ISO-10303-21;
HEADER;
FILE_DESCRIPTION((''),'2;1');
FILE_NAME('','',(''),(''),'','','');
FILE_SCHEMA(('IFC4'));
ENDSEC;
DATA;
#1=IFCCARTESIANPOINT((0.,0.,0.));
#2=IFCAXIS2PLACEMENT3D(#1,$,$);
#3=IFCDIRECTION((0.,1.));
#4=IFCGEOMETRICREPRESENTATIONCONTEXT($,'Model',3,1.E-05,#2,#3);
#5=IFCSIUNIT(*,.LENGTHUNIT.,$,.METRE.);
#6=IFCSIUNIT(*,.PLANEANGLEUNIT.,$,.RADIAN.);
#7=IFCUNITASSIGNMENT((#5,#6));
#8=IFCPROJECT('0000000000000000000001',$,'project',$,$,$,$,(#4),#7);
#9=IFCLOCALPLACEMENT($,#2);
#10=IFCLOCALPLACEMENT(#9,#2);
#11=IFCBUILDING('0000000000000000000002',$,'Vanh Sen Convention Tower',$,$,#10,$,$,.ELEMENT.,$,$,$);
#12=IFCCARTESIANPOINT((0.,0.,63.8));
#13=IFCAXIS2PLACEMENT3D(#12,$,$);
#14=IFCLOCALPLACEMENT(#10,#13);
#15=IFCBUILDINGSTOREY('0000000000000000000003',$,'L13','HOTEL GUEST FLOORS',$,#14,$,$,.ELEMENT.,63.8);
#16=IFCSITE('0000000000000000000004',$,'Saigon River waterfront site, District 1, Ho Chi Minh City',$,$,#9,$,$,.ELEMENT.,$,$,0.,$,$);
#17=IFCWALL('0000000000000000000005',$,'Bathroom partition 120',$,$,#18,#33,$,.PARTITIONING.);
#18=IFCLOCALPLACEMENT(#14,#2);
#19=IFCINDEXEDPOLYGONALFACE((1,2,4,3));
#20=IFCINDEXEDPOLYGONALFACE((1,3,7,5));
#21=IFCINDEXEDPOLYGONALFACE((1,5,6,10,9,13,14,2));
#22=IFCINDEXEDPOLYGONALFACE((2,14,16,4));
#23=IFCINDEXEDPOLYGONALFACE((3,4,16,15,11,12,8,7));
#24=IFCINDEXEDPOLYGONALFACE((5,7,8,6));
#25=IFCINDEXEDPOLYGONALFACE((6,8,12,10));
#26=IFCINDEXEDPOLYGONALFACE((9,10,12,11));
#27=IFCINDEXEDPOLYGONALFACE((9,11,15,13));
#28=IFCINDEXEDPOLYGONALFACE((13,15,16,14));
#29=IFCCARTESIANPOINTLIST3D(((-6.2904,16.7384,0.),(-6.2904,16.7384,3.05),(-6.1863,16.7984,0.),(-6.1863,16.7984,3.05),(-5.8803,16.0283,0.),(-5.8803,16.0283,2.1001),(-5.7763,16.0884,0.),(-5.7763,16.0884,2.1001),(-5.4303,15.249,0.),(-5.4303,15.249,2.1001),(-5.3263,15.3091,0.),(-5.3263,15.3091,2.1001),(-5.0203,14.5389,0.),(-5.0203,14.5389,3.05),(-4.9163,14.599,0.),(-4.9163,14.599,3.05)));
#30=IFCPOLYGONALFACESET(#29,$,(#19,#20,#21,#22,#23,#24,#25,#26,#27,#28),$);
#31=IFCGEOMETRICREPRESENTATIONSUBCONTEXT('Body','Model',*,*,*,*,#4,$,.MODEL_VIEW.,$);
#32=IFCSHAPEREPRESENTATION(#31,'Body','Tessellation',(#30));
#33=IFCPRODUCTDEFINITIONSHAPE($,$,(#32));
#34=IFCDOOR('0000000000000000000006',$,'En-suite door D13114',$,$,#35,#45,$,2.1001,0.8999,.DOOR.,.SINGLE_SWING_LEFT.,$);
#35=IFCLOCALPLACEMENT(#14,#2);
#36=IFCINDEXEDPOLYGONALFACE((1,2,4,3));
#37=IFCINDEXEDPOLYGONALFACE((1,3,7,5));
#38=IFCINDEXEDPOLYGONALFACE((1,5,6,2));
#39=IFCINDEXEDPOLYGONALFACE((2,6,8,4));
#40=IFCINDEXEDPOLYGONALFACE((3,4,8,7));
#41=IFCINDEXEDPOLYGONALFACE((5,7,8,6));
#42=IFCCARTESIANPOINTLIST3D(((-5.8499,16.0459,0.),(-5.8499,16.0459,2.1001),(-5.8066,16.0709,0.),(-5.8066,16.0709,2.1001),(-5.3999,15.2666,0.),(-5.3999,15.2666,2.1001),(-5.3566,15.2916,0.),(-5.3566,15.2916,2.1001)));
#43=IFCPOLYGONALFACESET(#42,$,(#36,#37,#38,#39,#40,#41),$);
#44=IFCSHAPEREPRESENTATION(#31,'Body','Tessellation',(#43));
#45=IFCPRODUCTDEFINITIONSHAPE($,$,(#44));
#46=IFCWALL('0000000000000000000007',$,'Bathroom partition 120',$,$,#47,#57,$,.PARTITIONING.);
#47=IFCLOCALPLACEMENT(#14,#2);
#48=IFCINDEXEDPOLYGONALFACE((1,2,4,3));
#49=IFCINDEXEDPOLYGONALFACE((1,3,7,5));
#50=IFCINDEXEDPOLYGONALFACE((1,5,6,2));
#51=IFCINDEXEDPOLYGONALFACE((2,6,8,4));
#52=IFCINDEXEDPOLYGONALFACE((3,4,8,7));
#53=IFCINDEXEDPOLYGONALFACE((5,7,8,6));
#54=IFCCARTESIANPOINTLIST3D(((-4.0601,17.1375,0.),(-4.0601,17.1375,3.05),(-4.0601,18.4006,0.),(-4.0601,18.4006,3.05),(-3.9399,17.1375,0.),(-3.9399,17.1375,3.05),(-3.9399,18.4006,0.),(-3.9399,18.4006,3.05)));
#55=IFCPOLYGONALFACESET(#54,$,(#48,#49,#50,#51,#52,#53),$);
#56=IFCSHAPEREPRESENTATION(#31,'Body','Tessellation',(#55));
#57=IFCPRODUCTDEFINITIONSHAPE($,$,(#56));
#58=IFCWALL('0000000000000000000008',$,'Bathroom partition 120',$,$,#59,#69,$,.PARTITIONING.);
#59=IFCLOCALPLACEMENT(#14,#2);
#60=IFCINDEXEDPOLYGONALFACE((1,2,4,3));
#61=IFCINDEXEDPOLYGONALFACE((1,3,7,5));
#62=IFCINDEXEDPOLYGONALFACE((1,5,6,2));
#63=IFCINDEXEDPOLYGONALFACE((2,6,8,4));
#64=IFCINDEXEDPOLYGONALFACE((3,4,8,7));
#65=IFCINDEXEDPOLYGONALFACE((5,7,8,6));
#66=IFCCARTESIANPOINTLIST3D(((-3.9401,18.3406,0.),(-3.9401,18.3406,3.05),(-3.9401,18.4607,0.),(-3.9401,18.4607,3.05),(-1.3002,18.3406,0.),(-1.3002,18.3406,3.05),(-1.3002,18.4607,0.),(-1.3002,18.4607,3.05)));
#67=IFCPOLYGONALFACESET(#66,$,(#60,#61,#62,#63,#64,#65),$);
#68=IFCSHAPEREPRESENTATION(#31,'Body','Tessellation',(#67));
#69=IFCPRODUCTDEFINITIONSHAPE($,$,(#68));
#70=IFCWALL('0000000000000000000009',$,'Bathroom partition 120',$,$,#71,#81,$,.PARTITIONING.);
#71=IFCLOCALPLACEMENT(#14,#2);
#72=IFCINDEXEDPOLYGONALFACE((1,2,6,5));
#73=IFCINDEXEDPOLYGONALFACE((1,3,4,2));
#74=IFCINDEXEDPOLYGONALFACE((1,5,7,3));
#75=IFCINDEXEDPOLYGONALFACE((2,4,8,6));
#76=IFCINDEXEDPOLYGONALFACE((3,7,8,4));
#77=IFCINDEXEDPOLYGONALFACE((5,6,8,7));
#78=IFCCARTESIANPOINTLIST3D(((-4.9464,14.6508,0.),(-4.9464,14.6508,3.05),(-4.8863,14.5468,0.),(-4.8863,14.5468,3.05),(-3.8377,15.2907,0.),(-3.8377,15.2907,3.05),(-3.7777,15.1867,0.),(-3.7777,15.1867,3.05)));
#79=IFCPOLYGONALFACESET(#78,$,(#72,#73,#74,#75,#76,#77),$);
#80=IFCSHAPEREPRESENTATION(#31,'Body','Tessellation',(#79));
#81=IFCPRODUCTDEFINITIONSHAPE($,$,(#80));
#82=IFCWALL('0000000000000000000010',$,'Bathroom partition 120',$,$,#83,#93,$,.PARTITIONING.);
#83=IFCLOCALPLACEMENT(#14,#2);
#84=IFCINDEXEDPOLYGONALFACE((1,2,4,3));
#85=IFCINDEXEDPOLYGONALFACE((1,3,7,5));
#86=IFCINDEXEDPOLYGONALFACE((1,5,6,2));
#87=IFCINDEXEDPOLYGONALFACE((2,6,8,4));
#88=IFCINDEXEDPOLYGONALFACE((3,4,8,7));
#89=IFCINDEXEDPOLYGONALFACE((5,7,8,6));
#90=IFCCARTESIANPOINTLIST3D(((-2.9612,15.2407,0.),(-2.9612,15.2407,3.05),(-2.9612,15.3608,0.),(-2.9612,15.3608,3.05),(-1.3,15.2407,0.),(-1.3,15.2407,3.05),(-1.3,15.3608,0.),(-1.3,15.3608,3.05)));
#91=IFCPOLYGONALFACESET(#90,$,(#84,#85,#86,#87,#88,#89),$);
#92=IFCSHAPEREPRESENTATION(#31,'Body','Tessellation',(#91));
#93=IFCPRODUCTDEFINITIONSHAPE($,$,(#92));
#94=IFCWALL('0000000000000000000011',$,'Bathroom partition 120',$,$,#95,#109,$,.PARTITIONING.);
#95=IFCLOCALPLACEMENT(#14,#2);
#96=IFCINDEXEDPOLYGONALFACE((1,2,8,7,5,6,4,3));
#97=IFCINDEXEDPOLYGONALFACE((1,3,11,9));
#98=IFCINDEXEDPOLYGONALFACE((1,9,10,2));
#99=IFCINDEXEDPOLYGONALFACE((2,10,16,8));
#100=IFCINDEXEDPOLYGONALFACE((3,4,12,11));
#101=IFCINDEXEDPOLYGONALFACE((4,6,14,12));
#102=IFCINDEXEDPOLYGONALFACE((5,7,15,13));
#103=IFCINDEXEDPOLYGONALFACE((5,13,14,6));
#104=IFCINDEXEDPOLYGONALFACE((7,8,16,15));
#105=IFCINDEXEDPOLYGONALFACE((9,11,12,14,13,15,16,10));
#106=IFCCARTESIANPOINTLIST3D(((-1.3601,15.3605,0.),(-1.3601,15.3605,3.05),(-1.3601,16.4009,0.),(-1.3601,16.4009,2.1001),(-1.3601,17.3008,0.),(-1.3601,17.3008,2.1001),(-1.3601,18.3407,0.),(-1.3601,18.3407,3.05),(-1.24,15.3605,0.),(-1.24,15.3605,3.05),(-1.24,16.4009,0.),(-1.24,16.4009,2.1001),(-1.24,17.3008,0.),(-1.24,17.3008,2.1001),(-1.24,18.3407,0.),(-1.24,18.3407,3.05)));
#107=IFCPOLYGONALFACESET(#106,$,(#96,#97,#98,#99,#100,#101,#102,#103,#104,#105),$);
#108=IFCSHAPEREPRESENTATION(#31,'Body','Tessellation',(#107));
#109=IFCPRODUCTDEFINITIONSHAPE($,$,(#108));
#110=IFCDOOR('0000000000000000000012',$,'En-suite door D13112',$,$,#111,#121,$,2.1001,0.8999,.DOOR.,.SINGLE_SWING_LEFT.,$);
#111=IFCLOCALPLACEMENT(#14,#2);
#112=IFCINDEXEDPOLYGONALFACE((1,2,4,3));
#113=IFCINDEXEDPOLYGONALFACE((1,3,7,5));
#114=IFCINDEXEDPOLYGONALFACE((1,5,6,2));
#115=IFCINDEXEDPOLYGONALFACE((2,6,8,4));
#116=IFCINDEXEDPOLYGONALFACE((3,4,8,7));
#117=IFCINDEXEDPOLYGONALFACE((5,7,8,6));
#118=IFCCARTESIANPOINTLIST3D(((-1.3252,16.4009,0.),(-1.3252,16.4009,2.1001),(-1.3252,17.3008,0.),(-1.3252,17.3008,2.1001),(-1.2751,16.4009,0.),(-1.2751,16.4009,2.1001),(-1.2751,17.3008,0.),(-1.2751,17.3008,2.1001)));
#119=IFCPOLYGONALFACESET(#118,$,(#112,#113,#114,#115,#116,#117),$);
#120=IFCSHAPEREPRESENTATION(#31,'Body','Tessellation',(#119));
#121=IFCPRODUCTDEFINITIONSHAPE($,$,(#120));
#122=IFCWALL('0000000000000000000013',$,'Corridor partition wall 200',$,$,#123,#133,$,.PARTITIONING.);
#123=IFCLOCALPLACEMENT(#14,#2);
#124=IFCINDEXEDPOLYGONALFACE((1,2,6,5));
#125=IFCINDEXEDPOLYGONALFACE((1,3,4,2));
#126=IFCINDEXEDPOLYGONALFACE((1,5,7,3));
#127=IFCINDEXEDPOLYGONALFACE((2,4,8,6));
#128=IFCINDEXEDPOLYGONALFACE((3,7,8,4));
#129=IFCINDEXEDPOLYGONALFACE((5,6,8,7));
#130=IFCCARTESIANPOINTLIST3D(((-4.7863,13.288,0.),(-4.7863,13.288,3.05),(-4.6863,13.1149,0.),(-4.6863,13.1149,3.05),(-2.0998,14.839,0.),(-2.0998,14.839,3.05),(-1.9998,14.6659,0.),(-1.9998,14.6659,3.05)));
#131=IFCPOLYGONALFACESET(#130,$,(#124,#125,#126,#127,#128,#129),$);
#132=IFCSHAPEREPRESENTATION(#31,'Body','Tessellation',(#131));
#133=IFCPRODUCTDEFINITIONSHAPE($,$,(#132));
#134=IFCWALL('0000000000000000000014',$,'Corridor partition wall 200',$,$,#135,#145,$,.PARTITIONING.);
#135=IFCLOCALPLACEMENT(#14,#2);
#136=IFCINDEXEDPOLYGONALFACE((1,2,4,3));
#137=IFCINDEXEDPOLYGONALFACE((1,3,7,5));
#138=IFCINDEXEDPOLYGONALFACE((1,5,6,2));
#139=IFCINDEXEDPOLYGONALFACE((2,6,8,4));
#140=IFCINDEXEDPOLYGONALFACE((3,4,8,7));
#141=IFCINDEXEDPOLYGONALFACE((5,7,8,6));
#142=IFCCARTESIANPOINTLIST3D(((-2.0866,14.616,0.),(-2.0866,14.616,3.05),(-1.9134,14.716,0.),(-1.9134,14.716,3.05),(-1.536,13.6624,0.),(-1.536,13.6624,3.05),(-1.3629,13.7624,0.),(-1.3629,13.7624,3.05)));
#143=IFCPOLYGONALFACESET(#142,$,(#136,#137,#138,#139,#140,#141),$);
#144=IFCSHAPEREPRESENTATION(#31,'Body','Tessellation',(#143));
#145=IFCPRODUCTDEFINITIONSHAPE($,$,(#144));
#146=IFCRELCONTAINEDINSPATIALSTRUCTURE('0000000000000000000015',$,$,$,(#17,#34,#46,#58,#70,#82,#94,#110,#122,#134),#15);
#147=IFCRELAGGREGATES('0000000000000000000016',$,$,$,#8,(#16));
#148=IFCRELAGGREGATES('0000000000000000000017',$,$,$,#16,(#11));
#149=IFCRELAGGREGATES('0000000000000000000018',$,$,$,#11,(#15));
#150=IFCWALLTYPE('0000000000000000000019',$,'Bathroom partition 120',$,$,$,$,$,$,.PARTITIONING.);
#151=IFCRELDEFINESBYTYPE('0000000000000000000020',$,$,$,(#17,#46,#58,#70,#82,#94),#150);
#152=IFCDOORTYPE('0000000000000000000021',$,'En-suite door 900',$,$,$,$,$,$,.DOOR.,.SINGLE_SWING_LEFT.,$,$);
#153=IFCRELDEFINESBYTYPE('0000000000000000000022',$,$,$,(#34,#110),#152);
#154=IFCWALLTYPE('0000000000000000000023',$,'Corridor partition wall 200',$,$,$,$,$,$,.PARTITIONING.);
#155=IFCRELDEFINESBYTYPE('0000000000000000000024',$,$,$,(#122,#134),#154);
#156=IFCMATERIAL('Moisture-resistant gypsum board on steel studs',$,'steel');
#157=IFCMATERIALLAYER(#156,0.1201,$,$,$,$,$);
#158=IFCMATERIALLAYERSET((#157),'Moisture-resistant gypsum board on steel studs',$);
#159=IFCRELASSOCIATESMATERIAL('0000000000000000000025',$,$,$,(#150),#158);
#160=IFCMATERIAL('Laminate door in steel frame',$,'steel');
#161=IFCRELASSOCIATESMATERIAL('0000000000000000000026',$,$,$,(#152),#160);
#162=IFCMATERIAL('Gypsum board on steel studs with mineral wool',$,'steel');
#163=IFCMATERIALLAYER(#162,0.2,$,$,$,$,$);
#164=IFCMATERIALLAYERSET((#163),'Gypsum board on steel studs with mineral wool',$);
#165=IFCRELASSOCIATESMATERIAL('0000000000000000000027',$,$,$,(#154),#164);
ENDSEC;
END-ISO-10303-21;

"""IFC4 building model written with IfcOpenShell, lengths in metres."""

from ifc_helpers import new_model, si_unit, direction, frame, frame_2d, origin, place, context, subcontext, project, spatial, rectangle, extrude, material, layer, layer_set, type_object, element, fill, save


model = new_model("IFC4")

# Units and contexts
model_context = context("Model", 3, precision=1e-05, world=origin(), true_north=direction((0.0, 1.0)))
body_context = subcontext(model_context, "Body", "Model", "MODEL_VIEW")
ifc_project = project(units=[si_unit("LENGTHUNIT", "METRE"), si_unit("PLANEANGLEUNIT", "RADIAN")], contexts=[model_context])

# Site, building, storey
site_placement = place(None, origin())
site = spatial("IfcSite", under=ifc_project, at=site_placement, Name="Saigon River waterfront site, District 1, Ho Chi Minh City", CompositionType="ELEMENT", RefElevation=0.0)
building_placement = place(site_placement, origin())
building = spatial("IfcBuilding", under=site, at=building_placement, Name="Vanh Sen Convention Tower", CompositionType="ELEMENT")
storey_placement = place(building_placement, frame((0.0, 0.0, 63.8)))
storey = spatial("IfcBuildingStorey", under=building, at=storey_placement, Name="L13", Description="HOTEL GUEST FLOORS", CompositionType="ELEMENT", Elevation=63.8)

# Shared definitions
ifc_material_1 = material(Name="Moisture-resistant gypsum board on steel studs", Category="steel")
ifc_layer_1 = layer(ifc_material_1, 0.1201)
ifc_layer_set_1 = layer_set([ifc_layer_1], Name="Moisture-resistant gypsum board on steel studs")
wall_type_1 = type_object("IfcWallType", Name="Bathroom partition 120", PredefinedType="PARTITIONING", material=ifc_layer_set_1)

# Wall, opening, door
wall_1_placement = place(storey_placement, frame((-4.9683, 14.5688, 0.0), z_axis=(0.0, 0.0, 1.0), x_axis=(-0.500047, 0.865998, 0.0)))
wall_1 = element("IfcWall", 1, at=wall_1_placement, inside=storey, type_object=wall_type_1, Name="Bathroom partition 120", PredefinedType="PARTITIONING", context=body_context, shape_type="SweptSolid", body=[
    extrude(rectangle(XDim=2.5398, YDim=0.1201, at=frame_2d((1.27, 0.0))), origin(), (0.0, 0.0, 1.0), 3.05),
])
opening_1_placement = place(wall_1_placement, frame((0.8201, 0.0, 0.0)))
opening_1 = element("IfcOpeningElement", 2, at=opening_1_placement, cuts=wall_1, PredefinedType="OPENING", context=body_context, shape_type="SweptSolid", body=[
    extrude(rectangle(XDim=0.8999, YDim=2.1001, at=frame_2d((0.45, 1.05))), frame((0.0, 0.0701, 0.0), z_axis=(0.0, -1.0, 0.0), x_axis=(1.0, 0.0, 0.0)), (0.0, 0.0, 1.0), 0.1401),
])
ifc_material_2 = material(Name="Laminate door in steel frame", Category="steel")
door_type = type_object("IfcDoorType", Name="En-suite door 900", OperationType="SINGLE_SWING_LEFT", PredefinedType="DOOR", material=ifc_material_2)
door_1_placement = place(opening_1_placement, origin())
door_1 = element("IfcDoor", 3, at=door_1_placement, inside=storey, type_object=door_type, Name="En-suite door D13114", OperationType="SINGLE_SWING_LEFT", OverallHeight=2.1001, OverallWidth=0.8999, PredefinedType="DOOR", context=body_context, shape_type="SweptSolid", body=[
    extrude(rectangle(XDim=0.8999, YDim=2.1001, at=frame_2d((0.45, 1.05))), frame((0.0, 0.0249, 0.0), z_axis=(0.0, -1.0, 0.0), x_axis=(1.0, 0.0, 0.0)), (0.0, 0.0, 1.0), 0.05),
])
fill(opening_1, door_1)

# Walls
wall_2_placement = place(storey_placement, frame((-4.0, 17.1375, 0.0), z_axis=(0.0, 0.0, 1.0), x_axis=(0.0, 1.0, 0.0)))
element("IfcWall", 4, at=wall_2_placement, inside=storey, type_object=wall_type_1, Name="Bathroom partition 120", PredefinedType="PARTITIONING", context=body_context, shape_type="SweptSolid", body=[
    extrude(rectangle(XDim=1.2632, YDim=0.1201, at=frame_2d((0.6316, 0.0))), origin(), (0.0, 0.0, 1.0), 3.05),
])
wall_3_placement = place(storey_placement, frame((-3.9399, 18.4006, 0.0), z_axis=(0.0, 0.0, 1.0), x_axis=(1.0, 0.0, 0.0)))
element("IfcWall", 5, at=wall_3_placement, inside=storey, type_object=wall_type_1, Name="Bathroom partition 120", PredefinedType="PARTITIONING", context=body_context, shape_type="SweptSolid", body=[
    extrude(rectangle(XDim=2.6399, YDim=0.1201, at=frame_2d((1.3198, 0.0))), origin(), (0.0, 0.0, 1.0), 3.05),
])
wall_4_placement = place(storey_placement, frame((-3.8076, 15.2388, 0.0), z_axis=(0.0, 0.0, 1.0), x_axis=(-0.866087, -0.499893, 0.0)))
element("IfcWall", 6, at=wall_4_placement, inside=storey, type_object=wall_type_1, Name="Bathroom partition 120", PredefinedType="PARTITIONING", context=body_context, shape_type="SweptSolid", body=[
    extrude(rectangle(XDim=1.28, YDim=0.1201, at=frame_2d((0.6401, 0.0))), origin(), (0.0, 0.0, 1.0), 3.05),
])
wall_5_placement = place(storey_placement, frame((-1.3, 15.3008, 0.0), z_axis=(0.0, 0.0, 1.0), x_axis=(-1.0, 0.0, 0.0)))
element("IfcWall", 7, at=wall_5_placement, inside=storey, type_object=wall_type_1, Name="Bathroom partition 120", PredefinedType="PARTITIONING", context=body_context, shape_type="SweptSolid", body=[
    extrude(rectangle(XDim=1.6611, YDim=0.1201, at=frame_2d((0.8306, 0.0))), origin(), (0.0, 0.0, 1.0), 3.05),
])

# Wall, opening, door
wall_6_placement = place(storey_placement, frame((-1.3, 18.3408, 0.0), z_axis=(0.0, 0.0, 1.0), x_axis=(0.0, -1.0, 0.0)))
wall_6 = element("IfcWall", 8, at=wall_6_placement, inside=storey, type_object=wall_type_1, Name="Bathroom partition 120", PredefinedType="PARTITIONING", context=body_context, shape_type="SweptSolid", body=[
    extrude(rectangle(XDim=2.9802, YDim=0.1201, at=frame_2d((1.4902, 0.0))), origin(), (0.0, 0.0, 1.0), 3.05),
])
opening_2_placement = place(wall_6_placement, frame((1.04, 0.0, 0.0)))
opening_2 = element("IfcOpeningElement", 9, at=opening_2_placement, cuts=wall_6, PredefinedType="OPENING", context=body_context, shape_type="SweptSolid", body=[
    extrude(rectangle(XDim=0.8999, YDim=2.1001, at=frame_2d((0.45, 1.05))), frame((0.0, 0.0701, 0.0), z_axis=(0.0, -1.0, 0.0), x_axis=(1.0, 0.0, 0.0)), (0.0, 0.0, 1.0), 0.1401),
])
door_2_placement = place(opening_2_placement, origin())
door_2 = element("IfcDoor", 10, at=door_2_placement, inside=storey, type_object=door_type, Name="En-suite door D13112", OperationType="SINGLE_SWING_LEFT", OverallHeight=2.1001, OverallWidth=0.8999, PredefinedType="DOOR", context=body_context, shape_type="SweptSolid", body=[
    extrude(rectangle(XDim=0.8999, YDim=2.1001, at=frame_2d((0.45, 1.05))), frame((0.0, 0.0249, 0.0), z_axis=(0.0, -1.0, 0.0), x_axis=(1.0, 0.0, 0.0)), (0.0, 0.0, 1.0), 0.05),
])
fill(opening_2, door_2)

# Walls
ifc_material_3 = material(Name="Gypsum board on steel studs with mineral wool", Category="steel")
ifc_layer_2 = layer(ifc_material_3, 0.2)
ifc_layer_set_2 = layer_set([ifc_layer_2], Name="Gypsum board on steel studs with mineral wool")
wall_type_2 = type_object("IfcWallType", Name="Corridor partition wall 200", PredefinedType="PARTITIONING", material=ifc_layer_set_2)
wall_7_placement = place(storey_placement, frame((-2.0498, 14.7524, 0.0), z_axis=(0.0, 0.0, 1.0), x_axis=(-0.866031, -0.49999, 0.0)))
element("IfcWall", 11, at=wall_7_placement, inside=storey, type_object=wall_type_2, Name="Corridor partition wall 200", PredefinedType="PARTITIONING", context=body_context, shape_type="SweptSolid", body=[
    extrude(rectangle(XDim=3.1021, YDim=0.2, at=frame_2d((1.551, 0.0))), origin(), (0.0, 0.0, 1.0), 3.05),
])
wall_8_placement = place(storey_placement, frame((-1.4495, 13.7124, 0.0), z_axis=(0.0, 0.0, 1.0), x_axis=(-0.499978, 0.866038, 0.0)))
element("IfcWall", 12, at=wall_8_placement, inside=storey, type_object=wall_type_2, Name="Corridor partition wall 200", PredefinedType="PARTITIONING", context=body_context, shape_type="SweptSolid", body=[
    extrude(rectangle(XDim=1.1011, YDim=0.2, at=frame_2d((0.5505, 0.0))), origin(), (0.0, 0.0, 1.0), 3.05),
])

save(model, "model.ifc")
